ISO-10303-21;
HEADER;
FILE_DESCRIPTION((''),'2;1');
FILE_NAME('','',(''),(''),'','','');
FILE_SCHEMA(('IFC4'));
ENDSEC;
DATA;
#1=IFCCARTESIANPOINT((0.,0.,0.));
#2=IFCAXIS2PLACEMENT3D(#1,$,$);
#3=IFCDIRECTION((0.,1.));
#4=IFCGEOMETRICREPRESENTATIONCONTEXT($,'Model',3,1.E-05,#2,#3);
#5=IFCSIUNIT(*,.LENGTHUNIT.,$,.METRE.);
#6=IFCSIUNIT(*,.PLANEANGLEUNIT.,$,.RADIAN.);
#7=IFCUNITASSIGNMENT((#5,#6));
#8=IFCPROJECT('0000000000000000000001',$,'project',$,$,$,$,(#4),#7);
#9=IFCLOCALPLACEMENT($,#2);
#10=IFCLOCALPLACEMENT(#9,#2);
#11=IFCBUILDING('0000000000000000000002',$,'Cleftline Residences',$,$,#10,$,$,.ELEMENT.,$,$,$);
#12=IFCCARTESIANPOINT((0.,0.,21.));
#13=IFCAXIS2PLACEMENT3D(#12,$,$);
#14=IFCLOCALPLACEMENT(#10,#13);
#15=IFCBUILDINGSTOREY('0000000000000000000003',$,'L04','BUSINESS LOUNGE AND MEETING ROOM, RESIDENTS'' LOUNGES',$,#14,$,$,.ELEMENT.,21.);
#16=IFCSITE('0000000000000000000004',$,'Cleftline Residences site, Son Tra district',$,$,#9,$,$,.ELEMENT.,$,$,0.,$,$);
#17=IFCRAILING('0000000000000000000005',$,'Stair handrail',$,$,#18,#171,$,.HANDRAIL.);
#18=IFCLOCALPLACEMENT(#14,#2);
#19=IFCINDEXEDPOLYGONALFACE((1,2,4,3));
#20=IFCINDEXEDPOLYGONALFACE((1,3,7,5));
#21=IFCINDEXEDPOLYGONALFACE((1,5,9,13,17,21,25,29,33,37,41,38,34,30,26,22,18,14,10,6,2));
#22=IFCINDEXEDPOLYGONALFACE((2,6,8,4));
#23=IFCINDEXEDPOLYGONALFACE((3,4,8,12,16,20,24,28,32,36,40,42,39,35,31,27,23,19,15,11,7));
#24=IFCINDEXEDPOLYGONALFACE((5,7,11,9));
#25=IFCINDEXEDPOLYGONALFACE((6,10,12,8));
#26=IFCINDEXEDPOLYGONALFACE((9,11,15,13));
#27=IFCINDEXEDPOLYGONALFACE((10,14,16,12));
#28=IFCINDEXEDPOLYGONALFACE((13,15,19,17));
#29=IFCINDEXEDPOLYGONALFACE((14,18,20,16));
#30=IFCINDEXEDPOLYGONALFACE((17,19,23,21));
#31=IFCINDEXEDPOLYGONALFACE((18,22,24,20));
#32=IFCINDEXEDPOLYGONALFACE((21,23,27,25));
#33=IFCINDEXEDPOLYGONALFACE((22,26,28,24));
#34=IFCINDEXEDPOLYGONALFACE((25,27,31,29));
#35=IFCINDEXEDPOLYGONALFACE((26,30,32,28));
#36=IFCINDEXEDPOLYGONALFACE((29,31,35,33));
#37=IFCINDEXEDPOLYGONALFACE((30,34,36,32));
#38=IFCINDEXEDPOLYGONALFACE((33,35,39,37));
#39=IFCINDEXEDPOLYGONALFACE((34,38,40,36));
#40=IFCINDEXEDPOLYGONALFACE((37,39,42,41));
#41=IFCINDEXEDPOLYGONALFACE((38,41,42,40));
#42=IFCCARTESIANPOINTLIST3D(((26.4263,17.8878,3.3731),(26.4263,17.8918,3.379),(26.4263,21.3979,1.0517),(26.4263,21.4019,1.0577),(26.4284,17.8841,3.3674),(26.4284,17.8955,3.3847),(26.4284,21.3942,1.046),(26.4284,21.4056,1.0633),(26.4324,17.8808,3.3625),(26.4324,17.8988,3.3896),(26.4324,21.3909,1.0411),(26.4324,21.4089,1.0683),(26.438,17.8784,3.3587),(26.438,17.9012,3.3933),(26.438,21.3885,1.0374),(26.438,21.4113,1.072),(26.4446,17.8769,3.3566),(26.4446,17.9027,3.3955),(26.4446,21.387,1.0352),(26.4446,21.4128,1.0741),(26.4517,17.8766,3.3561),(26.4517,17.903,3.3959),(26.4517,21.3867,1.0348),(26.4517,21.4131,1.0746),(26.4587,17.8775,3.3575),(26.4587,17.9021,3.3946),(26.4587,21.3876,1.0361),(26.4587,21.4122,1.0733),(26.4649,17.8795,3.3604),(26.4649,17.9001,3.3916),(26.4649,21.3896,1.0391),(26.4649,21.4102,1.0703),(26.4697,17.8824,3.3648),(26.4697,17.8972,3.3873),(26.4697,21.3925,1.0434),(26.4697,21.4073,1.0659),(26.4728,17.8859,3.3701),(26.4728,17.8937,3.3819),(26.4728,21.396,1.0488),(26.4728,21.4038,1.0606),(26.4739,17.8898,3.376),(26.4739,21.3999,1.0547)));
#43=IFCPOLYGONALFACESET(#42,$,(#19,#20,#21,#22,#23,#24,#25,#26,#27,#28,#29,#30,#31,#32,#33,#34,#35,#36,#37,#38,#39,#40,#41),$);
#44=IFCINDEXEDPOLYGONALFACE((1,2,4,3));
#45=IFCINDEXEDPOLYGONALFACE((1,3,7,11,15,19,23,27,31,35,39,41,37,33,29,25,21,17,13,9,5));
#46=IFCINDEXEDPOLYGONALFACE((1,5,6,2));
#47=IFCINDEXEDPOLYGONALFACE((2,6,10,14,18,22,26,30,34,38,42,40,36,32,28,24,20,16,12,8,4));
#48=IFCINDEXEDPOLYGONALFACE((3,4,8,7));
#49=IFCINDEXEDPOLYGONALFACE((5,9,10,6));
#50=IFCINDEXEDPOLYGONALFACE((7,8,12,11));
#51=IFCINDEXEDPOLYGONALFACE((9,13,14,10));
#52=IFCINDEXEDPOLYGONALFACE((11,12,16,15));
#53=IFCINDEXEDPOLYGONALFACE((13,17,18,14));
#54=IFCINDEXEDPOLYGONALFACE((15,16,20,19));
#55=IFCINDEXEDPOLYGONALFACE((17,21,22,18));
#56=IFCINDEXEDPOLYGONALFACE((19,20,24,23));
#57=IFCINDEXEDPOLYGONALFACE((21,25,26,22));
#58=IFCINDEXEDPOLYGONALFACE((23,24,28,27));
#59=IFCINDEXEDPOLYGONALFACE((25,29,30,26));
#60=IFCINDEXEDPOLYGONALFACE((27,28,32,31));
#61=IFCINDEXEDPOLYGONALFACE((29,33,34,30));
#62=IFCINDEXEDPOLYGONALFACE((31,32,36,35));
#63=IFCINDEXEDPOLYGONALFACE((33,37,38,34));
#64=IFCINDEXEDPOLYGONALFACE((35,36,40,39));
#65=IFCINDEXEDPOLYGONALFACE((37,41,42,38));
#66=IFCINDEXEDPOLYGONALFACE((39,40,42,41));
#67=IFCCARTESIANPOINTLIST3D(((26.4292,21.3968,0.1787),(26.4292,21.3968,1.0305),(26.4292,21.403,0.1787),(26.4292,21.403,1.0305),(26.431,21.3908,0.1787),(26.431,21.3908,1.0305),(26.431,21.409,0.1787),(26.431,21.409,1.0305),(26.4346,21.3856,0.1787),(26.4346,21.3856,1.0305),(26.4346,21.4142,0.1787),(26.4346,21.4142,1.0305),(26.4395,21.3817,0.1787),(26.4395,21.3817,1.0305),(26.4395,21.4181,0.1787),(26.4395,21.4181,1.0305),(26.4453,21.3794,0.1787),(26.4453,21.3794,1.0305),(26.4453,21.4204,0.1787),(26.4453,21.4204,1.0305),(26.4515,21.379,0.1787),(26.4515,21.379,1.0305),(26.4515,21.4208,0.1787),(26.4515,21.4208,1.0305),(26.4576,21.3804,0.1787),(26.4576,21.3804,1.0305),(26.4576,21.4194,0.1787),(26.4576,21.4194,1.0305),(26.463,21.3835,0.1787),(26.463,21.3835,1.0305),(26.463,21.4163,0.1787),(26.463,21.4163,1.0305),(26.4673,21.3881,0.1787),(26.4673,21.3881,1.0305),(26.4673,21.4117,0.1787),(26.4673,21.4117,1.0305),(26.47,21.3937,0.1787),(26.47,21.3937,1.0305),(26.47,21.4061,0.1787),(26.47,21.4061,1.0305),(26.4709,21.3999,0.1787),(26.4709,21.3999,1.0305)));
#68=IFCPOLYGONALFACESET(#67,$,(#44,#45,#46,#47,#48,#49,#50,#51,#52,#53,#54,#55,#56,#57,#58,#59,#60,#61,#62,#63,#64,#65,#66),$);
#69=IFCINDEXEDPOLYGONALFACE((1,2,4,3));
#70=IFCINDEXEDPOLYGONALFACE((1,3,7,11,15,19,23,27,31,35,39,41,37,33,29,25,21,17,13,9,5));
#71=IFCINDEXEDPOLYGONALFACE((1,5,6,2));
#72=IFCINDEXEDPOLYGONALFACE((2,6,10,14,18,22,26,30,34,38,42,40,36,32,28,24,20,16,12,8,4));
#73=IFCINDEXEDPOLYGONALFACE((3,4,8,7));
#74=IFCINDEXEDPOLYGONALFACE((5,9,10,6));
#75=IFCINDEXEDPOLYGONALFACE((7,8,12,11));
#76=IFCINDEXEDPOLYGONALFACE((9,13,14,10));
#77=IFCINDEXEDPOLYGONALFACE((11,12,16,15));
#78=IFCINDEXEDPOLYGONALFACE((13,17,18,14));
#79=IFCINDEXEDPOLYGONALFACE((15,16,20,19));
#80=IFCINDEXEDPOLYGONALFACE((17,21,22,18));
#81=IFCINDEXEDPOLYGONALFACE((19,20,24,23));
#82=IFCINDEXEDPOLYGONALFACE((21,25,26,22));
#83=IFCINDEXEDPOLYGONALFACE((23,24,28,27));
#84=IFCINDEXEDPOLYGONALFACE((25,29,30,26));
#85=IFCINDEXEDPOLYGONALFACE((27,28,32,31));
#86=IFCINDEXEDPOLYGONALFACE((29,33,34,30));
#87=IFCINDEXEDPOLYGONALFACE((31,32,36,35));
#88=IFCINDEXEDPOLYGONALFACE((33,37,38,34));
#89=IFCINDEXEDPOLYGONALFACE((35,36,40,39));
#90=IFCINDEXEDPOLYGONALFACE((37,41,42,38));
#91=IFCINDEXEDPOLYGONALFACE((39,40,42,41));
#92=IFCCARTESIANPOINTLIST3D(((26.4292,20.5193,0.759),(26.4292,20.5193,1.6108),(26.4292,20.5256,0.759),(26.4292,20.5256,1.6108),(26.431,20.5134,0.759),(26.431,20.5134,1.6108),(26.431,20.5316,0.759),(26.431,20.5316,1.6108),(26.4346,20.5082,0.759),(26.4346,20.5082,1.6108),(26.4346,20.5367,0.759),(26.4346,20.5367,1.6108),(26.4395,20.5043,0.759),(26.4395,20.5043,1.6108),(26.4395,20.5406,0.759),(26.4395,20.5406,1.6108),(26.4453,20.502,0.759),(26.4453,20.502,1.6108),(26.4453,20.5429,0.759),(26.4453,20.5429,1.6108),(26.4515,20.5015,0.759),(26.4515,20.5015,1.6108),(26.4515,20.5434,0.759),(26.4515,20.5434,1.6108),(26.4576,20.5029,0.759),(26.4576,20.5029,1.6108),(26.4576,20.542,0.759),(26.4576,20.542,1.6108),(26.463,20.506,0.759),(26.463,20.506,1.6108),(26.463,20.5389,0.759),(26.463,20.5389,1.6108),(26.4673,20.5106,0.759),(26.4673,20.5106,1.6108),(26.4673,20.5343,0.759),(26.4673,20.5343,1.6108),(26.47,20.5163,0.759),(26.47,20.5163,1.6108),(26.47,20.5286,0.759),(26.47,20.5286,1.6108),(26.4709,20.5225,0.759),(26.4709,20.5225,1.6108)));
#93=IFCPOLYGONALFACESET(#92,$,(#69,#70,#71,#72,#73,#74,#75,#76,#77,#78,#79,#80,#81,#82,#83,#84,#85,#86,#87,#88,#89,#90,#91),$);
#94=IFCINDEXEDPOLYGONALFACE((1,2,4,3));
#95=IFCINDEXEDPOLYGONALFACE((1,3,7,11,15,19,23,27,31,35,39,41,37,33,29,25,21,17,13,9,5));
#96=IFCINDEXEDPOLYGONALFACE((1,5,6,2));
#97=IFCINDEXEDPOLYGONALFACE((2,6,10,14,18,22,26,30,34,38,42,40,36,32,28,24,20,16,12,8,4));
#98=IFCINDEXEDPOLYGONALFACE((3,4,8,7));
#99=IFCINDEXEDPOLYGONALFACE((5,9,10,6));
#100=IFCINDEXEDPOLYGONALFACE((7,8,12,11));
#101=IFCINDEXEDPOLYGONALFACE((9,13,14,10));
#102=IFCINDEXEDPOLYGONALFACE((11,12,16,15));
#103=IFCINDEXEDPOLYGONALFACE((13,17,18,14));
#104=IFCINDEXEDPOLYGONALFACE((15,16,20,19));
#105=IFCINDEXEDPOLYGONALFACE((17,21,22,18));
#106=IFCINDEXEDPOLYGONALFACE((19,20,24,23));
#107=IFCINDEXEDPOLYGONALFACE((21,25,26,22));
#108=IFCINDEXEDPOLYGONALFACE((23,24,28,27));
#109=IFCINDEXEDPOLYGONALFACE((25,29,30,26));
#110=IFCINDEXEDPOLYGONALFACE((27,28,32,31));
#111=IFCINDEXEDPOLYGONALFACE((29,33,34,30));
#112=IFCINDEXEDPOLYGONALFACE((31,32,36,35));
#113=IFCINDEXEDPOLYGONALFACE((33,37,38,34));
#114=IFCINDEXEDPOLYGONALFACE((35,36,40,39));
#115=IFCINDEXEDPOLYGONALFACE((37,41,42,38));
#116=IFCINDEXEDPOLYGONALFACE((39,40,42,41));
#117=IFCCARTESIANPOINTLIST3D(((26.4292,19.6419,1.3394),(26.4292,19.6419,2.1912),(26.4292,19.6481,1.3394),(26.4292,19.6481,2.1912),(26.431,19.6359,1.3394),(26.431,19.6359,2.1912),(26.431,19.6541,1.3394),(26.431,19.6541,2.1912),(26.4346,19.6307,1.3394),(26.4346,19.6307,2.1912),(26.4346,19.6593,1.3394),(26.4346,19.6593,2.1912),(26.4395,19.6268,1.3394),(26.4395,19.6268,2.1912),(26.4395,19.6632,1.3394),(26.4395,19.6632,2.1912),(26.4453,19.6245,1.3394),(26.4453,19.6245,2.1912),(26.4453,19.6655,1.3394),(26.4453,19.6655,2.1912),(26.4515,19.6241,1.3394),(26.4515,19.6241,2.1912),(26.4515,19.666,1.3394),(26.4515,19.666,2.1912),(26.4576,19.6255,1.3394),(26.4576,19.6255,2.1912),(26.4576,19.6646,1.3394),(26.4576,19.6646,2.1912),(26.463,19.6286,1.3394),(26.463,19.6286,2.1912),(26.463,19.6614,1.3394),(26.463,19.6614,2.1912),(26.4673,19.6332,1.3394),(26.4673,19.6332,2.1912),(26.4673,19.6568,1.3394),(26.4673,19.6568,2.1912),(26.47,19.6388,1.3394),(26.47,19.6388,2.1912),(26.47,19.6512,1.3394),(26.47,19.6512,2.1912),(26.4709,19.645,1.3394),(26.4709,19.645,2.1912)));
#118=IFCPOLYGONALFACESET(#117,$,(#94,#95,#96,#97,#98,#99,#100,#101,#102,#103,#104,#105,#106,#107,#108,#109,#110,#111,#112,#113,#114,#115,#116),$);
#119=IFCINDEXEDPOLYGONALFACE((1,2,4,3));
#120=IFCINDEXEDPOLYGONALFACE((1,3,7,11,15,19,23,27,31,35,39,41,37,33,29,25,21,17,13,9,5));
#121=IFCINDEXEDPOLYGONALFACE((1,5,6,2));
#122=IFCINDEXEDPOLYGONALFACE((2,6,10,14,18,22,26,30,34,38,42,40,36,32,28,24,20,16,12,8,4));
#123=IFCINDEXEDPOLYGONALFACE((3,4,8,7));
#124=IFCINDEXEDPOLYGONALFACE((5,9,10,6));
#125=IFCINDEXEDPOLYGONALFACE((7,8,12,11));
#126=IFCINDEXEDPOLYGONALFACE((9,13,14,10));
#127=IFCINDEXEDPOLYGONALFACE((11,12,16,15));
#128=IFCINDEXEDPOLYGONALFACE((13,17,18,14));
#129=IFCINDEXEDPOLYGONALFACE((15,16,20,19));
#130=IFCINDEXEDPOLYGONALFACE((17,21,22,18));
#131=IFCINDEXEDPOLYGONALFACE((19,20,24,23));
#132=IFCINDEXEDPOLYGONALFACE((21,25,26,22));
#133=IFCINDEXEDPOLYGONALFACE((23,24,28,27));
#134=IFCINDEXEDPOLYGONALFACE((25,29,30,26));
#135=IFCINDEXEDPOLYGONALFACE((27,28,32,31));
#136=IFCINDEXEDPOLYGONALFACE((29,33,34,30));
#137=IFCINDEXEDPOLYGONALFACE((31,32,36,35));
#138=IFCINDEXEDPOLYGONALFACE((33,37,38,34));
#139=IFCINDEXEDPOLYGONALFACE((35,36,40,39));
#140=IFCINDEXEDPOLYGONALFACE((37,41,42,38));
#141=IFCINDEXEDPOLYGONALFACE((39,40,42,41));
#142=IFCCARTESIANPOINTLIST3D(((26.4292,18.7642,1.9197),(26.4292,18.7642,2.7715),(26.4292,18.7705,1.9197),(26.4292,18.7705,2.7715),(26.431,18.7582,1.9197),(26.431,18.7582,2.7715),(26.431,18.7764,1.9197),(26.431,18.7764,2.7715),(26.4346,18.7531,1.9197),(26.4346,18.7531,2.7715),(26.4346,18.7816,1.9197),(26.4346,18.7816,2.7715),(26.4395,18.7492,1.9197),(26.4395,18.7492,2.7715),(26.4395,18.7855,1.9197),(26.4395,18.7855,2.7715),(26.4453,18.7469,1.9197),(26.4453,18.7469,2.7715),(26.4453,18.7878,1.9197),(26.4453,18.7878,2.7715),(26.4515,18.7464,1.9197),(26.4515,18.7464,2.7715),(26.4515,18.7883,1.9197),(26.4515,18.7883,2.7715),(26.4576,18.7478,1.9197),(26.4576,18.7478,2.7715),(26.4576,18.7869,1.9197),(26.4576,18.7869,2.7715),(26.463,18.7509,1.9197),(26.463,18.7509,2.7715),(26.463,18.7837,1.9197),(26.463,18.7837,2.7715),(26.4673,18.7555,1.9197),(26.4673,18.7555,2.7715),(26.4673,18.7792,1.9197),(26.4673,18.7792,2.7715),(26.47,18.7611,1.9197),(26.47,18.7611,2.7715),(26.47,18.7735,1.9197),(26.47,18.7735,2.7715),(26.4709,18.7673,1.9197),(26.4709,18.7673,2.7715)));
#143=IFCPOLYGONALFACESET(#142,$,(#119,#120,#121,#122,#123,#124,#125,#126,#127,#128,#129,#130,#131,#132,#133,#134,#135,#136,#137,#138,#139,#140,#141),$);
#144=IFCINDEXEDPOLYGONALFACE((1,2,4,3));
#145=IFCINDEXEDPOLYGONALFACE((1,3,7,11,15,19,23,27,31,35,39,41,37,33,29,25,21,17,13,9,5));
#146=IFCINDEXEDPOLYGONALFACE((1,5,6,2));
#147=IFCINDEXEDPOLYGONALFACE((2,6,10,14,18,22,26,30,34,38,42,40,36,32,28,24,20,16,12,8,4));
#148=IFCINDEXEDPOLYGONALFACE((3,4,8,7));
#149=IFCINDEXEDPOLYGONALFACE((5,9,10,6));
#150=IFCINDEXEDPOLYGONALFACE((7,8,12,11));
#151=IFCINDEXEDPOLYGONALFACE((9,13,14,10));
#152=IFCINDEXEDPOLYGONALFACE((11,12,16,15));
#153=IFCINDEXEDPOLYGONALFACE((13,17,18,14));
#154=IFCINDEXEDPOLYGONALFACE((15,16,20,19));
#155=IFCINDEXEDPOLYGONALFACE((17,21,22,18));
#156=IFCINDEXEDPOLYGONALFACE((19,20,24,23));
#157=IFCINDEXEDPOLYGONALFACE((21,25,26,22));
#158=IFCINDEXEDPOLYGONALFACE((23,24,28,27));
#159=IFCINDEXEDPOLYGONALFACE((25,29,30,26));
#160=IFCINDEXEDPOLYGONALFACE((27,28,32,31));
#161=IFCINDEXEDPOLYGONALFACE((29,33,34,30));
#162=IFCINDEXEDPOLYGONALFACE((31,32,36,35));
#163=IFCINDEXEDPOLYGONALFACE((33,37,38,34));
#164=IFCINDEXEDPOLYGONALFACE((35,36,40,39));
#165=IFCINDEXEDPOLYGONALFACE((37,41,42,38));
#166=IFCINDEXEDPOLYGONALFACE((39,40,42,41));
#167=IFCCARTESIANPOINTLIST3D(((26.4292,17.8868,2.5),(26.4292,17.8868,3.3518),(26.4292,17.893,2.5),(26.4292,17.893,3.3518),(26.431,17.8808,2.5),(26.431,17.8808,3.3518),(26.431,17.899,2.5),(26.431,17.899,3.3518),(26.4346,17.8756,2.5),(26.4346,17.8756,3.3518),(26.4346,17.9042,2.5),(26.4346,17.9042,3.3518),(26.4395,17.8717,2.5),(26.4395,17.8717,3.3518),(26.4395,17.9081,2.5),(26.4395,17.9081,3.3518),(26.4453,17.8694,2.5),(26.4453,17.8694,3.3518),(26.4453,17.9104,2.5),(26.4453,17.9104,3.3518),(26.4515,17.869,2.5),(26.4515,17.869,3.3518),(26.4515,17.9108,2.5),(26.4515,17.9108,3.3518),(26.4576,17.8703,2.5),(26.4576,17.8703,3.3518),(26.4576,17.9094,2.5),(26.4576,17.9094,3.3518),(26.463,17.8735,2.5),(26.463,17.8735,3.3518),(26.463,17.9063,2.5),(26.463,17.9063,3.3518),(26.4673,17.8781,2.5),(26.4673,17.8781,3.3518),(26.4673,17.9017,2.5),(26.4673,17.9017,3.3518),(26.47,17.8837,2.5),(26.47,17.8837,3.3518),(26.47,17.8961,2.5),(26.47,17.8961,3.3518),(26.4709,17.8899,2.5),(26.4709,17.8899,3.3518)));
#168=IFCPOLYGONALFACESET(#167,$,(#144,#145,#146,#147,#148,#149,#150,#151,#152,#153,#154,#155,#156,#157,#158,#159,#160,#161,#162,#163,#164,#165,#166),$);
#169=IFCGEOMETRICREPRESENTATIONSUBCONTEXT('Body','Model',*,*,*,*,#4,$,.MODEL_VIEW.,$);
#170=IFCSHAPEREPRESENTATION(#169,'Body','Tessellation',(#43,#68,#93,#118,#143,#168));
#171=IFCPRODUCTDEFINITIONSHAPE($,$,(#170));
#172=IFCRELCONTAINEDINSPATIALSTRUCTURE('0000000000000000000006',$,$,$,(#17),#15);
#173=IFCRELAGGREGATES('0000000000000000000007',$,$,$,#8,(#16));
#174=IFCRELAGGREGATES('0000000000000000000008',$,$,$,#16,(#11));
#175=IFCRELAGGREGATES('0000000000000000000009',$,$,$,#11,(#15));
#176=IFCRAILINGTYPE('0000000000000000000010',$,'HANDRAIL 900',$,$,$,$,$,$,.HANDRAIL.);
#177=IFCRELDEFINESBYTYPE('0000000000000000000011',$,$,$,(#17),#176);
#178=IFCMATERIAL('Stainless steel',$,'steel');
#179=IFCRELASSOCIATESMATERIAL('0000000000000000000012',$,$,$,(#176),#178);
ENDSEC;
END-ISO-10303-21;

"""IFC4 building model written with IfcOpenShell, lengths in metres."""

from ifc_helpers import new_model, si_unit, direction, frame, origin, origin_2d, place, context, subcontext, project, spatial, circle, extrude, material, type_object, element, save


model = new_model("IFC4")

# Units and contexts
model_context = context("Model", 3, precision=1e-05, world=origin(), true_north=direction((0.0, 1.0)))
body_context = subcontext(model_context, "Body", "Model", "MODEL_VIEW")
ifc_project = project(units=[si_unit("LENGTHUNIT", "METRE"), si_unit("PLANEANGLEUNIT", "RADIAN")], contexts=[model_context])

# Site, building, storey
site_placement = place(None, origin())
site = spatial("IfcSite", under=ifc_project, at=site_placement, Name="Cleftline Residences site, Son Tra district", CompositionType="ELEMENT", RefElevation=0.0)
building_placement = place(site_placement, origin())
building = spatial("IfcBuilding", under=site, at=building_placement, Name="Cleftline Residences", CompositionType="ELEMENT")
storey_placement = place(building_placement, frame((0.0, 0.0, 21.0)))
storey = spatial("IfcBuildingStorey", under=building, at=storey_placement, Name="L04", Description="BUSINESS LOUNGE AND MEETING ROOM, RESIDENTS' LOUNGES", CompositionType="ELEMENT", Elevation=21.0)

# Railing
ifc_material_1 = material(Name="Stainless steel", Category="steel")
railing_type = type_object("IfcRailingType", Name="HANDRAIL 900", PredefinedType="HANDRAIL", material=ifc_material_1)
railing_1_placement = place(storey_placement, frame((26.45, 21.3999, 0.1787)))
element("IfcRailing", 1, at=railing_1_placement, inside=storey, type_object=railing_type, Name="Stair handrail", PredefinedType="HANDRAIL", context=body_context, shape_type="SweptSolid", body=[
    extrude(circle(Radius=0.0239, at=origin_2d()), frame((0.0, 0.0, 0.876), z_axis=(0.0, -0.834097, 0.551617), x_axis=(1.0, 0.0, 0.0)), (0.0, 0.0, 1.0), 4.2083),
    extrude(circle(Radius=0.021, at=origin_2d()), origin(), (0.0, 0.0, 1.0), 0.8518),
    extrude(circle(Radius=0.021, at=origin_2d()), frame((0.0, -0.8774, 0.5803)), (0.0, 0.0, 1.0), 0.8518),
    extrude(circle(Radius=0.021, at=origin_2d()), frame((0.0, -1.7549, 1.1606)), (0.0, 0.0, 1.0), 0.8518),
    extrude(circle(Radius=0.021, at=origin_2d()), frame((0.0, -2.6326, 1.741)), (0.0, 0.0, 1.0), 0.8518),
    extrude(circle(Radius=0.021, at=origin_2d()), frame((0.0, -3.51, 2.3213)), (0.0, 0.0, 1.0), 0.8518),
])

save(model, "model.ifc")
